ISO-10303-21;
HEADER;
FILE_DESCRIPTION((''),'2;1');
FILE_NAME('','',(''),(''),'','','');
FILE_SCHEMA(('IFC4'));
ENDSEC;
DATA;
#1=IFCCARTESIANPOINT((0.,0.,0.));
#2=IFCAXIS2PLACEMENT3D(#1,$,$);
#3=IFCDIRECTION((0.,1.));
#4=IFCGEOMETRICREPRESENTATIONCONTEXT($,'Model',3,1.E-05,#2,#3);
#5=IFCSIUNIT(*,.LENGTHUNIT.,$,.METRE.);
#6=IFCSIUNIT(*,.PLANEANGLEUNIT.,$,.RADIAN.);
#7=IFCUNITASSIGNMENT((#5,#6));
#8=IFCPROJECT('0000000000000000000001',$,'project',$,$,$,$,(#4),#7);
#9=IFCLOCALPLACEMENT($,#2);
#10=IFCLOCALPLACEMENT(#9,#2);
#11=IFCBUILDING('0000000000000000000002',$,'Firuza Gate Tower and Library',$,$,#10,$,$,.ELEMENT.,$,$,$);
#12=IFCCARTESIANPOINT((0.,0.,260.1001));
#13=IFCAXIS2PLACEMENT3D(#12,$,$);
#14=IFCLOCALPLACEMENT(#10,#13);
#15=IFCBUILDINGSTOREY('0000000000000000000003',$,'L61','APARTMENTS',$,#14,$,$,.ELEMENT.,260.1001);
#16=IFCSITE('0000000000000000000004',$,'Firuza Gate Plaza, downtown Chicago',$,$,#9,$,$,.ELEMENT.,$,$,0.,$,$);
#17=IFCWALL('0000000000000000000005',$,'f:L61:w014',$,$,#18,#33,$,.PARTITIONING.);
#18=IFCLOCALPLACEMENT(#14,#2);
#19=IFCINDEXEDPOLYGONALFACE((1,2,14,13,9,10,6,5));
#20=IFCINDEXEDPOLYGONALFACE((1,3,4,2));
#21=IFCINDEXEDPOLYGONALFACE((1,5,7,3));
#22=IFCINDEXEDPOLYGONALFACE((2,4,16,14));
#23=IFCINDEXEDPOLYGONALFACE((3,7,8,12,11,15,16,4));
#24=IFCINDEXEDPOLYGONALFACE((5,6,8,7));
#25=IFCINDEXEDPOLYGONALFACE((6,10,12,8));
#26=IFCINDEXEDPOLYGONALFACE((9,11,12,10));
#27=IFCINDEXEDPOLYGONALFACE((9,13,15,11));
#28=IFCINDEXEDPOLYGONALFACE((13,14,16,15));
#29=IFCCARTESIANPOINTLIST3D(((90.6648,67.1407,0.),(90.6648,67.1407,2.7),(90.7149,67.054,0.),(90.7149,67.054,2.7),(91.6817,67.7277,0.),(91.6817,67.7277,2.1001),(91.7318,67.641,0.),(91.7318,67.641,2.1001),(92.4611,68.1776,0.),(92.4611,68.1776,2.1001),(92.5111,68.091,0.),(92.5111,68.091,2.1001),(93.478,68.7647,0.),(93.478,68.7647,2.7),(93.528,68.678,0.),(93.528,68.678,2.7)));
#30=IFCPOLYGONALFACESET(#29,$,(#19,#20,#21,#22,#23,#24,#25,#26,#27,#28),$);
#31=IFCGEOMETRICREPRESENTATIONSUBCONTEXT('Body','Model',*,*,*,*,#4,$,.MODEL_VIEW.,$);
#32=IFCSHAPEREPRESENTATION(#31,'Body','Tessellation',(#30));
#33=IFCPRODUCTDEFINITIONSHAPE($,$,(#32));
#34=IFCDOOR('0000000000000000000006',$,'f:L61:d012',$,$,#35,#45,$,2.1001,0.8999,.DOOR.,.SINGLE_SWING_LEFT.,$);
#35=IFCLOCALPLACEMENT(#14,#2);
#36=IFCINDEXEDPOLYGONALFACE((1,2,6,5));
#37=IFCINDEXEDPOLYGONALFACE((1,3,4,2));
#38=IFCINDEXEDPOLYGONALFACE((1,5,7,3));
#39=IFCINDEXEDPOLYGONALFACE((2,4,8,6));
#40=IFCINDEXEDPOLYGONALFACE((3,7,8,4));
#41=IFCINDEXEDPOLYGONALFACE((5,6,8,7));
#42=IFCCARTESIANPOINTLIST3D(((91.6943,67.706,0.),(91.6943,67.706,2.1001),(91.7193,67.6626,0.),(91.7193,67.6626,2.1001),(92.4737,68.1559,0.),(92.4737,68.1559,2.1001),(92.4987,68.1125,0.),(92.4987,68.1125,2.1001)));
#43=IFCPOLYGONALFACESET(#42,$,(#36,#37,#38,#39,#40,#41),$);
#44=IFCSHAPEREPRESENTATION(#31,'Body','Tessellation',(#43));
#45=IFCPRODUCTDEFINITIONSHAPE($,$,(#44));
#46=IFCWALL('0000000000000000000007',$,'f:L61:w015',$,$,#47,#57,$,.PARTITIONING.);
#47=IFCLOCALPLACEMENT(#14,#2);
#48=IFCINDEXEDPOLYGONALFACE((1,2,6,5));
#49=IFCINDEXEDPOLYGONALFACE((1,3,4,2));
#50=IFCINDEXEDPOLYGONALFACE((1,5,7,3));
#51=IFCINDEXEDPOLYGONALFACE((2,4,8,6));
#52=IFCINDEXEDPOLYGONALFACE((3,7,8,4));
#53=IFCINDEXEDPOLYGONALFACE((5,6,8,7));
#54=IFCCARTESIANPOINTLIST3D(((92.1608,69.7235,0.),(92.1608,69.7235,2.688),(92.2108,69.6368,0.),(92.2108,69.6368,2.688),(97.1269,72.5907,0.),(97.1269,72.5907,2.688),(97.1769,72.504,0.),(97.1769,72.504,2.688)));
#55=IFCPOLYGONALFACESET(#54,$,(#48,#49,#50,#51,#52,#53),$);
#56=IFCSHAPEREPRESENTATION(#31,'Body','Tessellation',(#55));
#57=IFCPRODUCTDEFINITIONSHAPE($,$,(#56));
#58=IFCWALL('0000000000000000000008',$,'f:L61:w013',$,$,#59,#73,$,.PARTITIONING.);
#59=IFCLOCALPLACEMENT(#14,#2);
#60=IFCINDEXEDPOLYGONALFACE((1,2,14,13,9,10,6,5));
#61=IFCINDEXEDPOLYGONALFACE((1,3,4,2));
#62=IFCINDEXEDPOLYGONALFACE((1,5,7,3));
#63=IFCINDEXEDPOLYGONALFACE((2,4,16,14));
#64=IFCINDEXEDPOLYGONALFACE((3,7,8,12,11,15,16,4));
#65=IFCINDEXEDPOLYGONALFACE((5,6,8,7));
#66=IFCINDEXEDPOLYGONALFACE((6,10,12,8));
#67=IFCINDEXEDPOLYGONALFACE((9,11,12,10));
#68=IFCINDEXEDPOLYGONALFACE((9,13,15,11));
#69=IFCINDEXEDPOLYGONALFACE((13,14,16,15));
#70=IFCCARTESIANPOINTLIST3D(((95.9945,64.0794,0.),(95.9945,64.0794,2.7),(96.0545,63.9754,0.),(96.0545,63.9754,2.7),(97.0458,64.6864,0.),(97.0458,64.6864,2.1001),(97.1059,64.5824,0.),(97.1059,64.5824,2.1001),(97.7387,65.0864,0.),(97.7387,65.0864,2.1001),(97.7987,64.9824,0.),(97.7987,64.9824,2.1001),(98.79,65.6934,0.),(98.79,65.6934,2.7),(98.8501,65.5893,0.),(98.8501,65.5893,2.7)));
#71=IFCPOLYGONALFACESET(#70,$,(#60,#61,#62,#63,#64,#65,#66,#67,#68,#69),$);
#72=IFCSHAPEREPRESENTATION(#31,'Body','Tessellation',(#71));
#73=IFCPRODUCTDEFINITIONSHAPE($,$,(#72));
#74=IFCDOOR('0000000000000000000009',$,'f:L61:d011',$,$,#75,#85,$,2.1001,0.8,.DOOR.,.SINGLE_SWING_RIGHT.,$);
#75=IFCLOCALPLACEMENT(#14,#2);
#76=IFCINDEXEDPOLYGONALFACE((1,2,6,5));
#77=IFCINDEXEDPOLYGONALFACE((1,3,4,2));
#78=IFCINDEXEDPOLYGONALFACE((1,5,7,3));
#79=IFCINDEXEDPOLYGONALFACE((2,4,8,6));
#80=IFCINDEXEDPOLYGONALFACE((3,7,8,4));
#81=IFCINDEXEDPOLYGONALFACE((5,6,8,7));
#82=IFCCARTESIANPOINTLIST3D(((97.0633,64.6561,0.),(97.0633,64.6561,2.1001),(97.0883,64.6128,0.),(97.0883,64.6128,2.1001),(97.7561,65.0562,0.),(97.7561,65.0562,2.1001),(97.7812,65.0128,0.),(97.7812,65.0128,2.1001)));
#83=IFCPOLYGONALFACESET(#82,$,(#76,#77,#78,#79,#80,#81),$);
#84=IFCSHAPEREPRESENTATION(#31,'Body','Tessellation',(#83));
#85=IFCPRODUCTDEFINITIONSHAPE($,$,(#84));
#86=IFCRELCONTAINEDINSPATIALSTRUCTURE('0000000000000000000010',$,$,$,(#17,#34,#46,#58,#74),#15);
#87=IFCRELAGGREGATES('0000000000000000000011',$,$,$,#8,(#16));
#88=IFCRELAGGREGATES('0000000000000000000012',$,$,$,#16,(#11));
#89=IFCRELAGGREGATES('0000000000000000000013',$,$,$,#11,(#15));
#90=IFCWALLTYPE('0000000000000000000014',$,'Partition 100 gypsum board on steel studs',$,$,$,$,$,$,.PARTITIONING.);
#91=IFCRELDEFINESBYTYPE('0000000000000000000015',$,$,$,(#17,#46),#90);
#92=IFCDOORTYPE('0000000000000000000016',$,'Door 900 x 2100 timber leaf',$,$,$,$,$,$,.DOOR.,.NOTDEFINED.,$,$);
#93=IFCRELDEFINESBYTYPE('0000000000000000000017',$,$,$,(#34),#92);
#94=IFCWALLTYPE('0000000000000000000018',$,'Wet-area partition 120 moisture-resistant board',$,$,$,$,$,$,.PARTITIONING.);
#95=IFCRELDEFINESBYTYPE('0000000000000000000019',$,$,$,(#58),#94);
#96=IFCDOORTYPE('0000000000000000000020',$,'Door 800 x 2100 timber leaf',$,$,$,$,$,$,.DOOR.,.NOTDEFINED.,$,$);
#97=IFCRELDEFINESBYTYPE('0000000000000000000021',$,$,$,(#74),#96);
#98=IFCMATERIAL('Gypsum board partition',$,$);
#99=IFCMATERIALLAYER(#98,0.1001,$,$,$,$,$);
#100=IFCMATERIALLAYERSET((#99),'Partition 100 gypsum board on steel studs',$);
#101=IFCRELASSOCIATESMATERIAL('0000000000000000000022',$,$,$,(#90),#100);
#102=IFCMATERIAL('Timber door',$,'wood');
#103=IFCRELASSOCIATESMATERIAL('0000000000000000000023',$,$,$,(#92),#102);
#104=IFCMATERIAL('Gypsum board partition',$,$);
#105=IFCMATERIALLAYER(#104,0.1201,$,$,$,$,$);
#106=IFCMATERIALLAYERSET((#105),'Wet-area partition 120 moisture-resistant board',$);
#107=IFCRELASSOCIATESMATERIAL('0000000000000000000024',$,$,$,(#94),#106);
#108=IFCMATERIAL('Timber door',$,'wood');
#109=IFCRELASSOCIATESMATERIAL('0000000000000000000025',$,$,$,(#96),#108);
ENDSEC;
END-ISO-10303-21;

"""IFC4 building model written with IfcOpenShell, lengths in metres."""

from ifc_helpers import new_model, si_unit, direction, frame, frame_2d, origin, place, context, subcontext, project, spatial, rectangle, extrude, material, layer, layer_set, type_object, element, fill, save


model = new_model("IFC4")

# Units and contexts
model_context = context("Model", 3, precision=1e-05, world=origin(), true_north=direction((0.0, 1.0)))
body_context = subcontext(model_context, "Body", "Model", "MODEL_VIEW")
ifc_project = project(units=[si_unit("LENGTHUNIT", "METRE"), si_unit("PLANEANGLEUNIT", "RADIAN")], contexts=[model_context])

# Site, building, storey
site_placement = place(None, origin())
site = spatial("IfcSite", under=ifc_project, at=site_placement, Name="Firuza Gate Plaza, downtown Chicago", CompositionType="ELEMENT", RefElevation=0.0)
building_placement = place(site_placement, origin())
building = spatial("IfcBuilding", under=site, at=building_placement, Name="Firuza Gate Tower and Library", CompositionType="ELEMENT")
storey_placement = place(building_placement, frame((0.0, 0.0, 260.1001)))
storey = spatial("IfcBuildingStorey", under=building, at=storey_placement, Name="L61", Description="APARTMENTS", CompositionType="ELEMENT", Elevation=260.1001)

# Wall, opening, door
ifc_material_1 = material(Name="Gypsum board partition")
ifc_layer_1 = layer(ifc_material_1, 0.1001)
ifc_layer_set_1 = layer_set([ifc_layer_1], Name="Partition 100 gypsum board on steel studs")
wall_type_1 = type_object("IfcWallType", Name="Partition 100 gypsum board on steel studs", PredefinedType="PARTITIONING", material=ifc_layer_set_1)
wall_1_placement = place(storey_placement, frame((90.6899, 67.0974, 0.0), z_axis=(0.0, 0.0, 1.0), x_axis=(0.866052, 0.499955, 0.0)))
wall_1 = element("IfcWall", 1, at=wall_1_placement, inside=storey, type_object=wall_type_1, Name="f:L61:w014", PredefinedType="PARTITIONING", context=body_context, shape_type="SweptSolid", body=[
    extrude(rectangle(XDim=3.2483, YDim=0.1001, at=frame_2d((1.624, 0.0))), origin(), (0.0, 0.0, 1.0), 2.7),
])
opening_1_placement = place(wall_1_placement, frame((1.1741, 0.0, 0.0)))
opening_1 = element("IfcOpeningElement", 2, at=opening_1_placement, cuts=wall_1, PredefinedType="OPENING", context=body_context, shape_type="SweptSolid", body=[
    extrude(rectangle(XDim=0.8999, YDim=2.1001, at=frame_2d((0.45, 1.05))), frame((0.0, 0.0601, 0.0), z_axis=(0.0, -1.0, 0.0), x_axis=(1.0, 0.0, 0.0)), (0.0, 0.0, 1.0), 0.1201),
])
ifc_material_2 = material(Name="Timber door", Category="wood")
door_type_1 = type_object("IfcDoorType", Name="Door 900 x 2100 timber leaf", OperationType="NOTDEFINED", PredefinedType="DOOR", material=ifc_material_2)
door_1_placement = place(opening_1_placement, origin())
door_1 = element("IfcDoor", 3, at=door_1_placement, inside=storey, type_object=door_type_1, Name="f:L61:d012", OperationType="SINGLE_SWING_LEFT", OverallHeight=2.1001, OverallWidth=0.8999, PredefinedType="DOOR", context=body_context, shape_type="SweptSolid", body=[
    extrude(rectangle(XDim=0.8999, YDim=2.1001, at=frame_2d((0.45, 1.05))), frame((0.0, 0.0249, 0.0), z_axis=(0.0, -1.0, 0.0), x_axis=(1.0, 0.0, 0.0)), (0.0, 0.0, 1.0), 0.05),
])
fill(opening_1, door_1)

# Wall
wall_2_placement = place(storey_placement, frame((92.1858, 69.6802, 0.0), z_axis=(0.0, 0.0, 1.0), x_axis=(0.866023, 0.500004, 0.0)))
element("IfcWall", 4, at=wall_2_placement, inside=storey, type_object=wall_type_1, Name="f:L61:w015", PredefinedType="PARTITIONING", context=body_context, shape_type="SweptSolid", body=[
    extrude(rectangle(XDim=5.7344, YDim=0.1001, at=frame_2d((2.8672, 0.0))), origin(), (0.0, 0.0, 1.0), 2.688),
])

# Wall, opening, door
ifc_material_3 = material(Name="Gypsum board partition")
ifc_layer_2 = layer(ifc_material_3, 0.1201)
ifc_layer_set_2 = layer_set([ifc_layer_2], Name="Wet-area partition 120 moisture-resistant board")
wall_type_2 = type_object("IfcWallType", Name="Wet-area partition 120 moisture-resistant board", PredefinedType="PARTITIONING", material=ifc_layer_set_2)
wall_3_placement = place(storey_placement, frame((98.8201, 65.6414, 0.0), z_axis=(0.0, 0.0, 1.0), x_axis=(-0.866033, -0.499987, 0.0)))
wall_3 = element("IfcWall", 5, at=wall_3_placement, inside=storey, type_object=wall_type_2, Name="f:L61:w013", PredefinedType="PARTITIONING", context=body_context, shape_type="SweptSolid", body=[
    extrude(rectangle(XDim=3.228, YDim=0.1201, at=frame_2d((1.614, 0.0))), origin(), (0.0, 0.0, 1.0), 2.7),
])
opening_2_placement = place(wall_3_placement, frame((1.2141, 0.0, 0.0)))
opening_2 = element("IfcOpeningElement", 6, at=opening_2_placement, cuts=wall_3, PredefinedType="OPENING", context=body_context, shape_type="SweptSolid", body=[
    extrude(rectangle(XDim=0.8, YDim=2.1001, at=frame_2d((0.3999, 1.05))), frame((0.0, 0.0701, 0.0), z_axis=(0.0, -1.0, 0.0), x_axis=(1.0, 0.0, 0.0)), (0.0, 0.0, 1.0), 0.1401),
])
ifc_material_4 = material(Name="Timber door", Category="wood")
door_type_2 = type_object("IfcDoorType", Name="Door 800 x 2100 timber leaf", OperationType="NOTDEFINED", PredefinedType="DOOR", material=ifc_material_4)
door_2_placement = place(opening_2_placement, origin())
door_2 = element("IfcDoor", 7, at=door_2_placement, inside=storey, type_object=door_type_2, Name="f:L61:d011", OperationType="SINGLE_SWING_RIGHT", OverallHeight=2.1001, OverallWidth=0.8, PredefinedType="DOOR", context=body_context, shape_type="SweptSolid", body=[
    extrude(rectangle(XDim=0.8, YDim=2.1001, at=frame_2d((0.3999, 1.05))), frame((0.0, 0.0249, 0.0), z_axis=(0.0, -1.0, 0.0), x_axis=(1.0, 0.0, 0.0)), (0.0, 0.0, 1.0), 0.05),
])
fill(opening_2, door_2)

save(model, "model.ifc")
